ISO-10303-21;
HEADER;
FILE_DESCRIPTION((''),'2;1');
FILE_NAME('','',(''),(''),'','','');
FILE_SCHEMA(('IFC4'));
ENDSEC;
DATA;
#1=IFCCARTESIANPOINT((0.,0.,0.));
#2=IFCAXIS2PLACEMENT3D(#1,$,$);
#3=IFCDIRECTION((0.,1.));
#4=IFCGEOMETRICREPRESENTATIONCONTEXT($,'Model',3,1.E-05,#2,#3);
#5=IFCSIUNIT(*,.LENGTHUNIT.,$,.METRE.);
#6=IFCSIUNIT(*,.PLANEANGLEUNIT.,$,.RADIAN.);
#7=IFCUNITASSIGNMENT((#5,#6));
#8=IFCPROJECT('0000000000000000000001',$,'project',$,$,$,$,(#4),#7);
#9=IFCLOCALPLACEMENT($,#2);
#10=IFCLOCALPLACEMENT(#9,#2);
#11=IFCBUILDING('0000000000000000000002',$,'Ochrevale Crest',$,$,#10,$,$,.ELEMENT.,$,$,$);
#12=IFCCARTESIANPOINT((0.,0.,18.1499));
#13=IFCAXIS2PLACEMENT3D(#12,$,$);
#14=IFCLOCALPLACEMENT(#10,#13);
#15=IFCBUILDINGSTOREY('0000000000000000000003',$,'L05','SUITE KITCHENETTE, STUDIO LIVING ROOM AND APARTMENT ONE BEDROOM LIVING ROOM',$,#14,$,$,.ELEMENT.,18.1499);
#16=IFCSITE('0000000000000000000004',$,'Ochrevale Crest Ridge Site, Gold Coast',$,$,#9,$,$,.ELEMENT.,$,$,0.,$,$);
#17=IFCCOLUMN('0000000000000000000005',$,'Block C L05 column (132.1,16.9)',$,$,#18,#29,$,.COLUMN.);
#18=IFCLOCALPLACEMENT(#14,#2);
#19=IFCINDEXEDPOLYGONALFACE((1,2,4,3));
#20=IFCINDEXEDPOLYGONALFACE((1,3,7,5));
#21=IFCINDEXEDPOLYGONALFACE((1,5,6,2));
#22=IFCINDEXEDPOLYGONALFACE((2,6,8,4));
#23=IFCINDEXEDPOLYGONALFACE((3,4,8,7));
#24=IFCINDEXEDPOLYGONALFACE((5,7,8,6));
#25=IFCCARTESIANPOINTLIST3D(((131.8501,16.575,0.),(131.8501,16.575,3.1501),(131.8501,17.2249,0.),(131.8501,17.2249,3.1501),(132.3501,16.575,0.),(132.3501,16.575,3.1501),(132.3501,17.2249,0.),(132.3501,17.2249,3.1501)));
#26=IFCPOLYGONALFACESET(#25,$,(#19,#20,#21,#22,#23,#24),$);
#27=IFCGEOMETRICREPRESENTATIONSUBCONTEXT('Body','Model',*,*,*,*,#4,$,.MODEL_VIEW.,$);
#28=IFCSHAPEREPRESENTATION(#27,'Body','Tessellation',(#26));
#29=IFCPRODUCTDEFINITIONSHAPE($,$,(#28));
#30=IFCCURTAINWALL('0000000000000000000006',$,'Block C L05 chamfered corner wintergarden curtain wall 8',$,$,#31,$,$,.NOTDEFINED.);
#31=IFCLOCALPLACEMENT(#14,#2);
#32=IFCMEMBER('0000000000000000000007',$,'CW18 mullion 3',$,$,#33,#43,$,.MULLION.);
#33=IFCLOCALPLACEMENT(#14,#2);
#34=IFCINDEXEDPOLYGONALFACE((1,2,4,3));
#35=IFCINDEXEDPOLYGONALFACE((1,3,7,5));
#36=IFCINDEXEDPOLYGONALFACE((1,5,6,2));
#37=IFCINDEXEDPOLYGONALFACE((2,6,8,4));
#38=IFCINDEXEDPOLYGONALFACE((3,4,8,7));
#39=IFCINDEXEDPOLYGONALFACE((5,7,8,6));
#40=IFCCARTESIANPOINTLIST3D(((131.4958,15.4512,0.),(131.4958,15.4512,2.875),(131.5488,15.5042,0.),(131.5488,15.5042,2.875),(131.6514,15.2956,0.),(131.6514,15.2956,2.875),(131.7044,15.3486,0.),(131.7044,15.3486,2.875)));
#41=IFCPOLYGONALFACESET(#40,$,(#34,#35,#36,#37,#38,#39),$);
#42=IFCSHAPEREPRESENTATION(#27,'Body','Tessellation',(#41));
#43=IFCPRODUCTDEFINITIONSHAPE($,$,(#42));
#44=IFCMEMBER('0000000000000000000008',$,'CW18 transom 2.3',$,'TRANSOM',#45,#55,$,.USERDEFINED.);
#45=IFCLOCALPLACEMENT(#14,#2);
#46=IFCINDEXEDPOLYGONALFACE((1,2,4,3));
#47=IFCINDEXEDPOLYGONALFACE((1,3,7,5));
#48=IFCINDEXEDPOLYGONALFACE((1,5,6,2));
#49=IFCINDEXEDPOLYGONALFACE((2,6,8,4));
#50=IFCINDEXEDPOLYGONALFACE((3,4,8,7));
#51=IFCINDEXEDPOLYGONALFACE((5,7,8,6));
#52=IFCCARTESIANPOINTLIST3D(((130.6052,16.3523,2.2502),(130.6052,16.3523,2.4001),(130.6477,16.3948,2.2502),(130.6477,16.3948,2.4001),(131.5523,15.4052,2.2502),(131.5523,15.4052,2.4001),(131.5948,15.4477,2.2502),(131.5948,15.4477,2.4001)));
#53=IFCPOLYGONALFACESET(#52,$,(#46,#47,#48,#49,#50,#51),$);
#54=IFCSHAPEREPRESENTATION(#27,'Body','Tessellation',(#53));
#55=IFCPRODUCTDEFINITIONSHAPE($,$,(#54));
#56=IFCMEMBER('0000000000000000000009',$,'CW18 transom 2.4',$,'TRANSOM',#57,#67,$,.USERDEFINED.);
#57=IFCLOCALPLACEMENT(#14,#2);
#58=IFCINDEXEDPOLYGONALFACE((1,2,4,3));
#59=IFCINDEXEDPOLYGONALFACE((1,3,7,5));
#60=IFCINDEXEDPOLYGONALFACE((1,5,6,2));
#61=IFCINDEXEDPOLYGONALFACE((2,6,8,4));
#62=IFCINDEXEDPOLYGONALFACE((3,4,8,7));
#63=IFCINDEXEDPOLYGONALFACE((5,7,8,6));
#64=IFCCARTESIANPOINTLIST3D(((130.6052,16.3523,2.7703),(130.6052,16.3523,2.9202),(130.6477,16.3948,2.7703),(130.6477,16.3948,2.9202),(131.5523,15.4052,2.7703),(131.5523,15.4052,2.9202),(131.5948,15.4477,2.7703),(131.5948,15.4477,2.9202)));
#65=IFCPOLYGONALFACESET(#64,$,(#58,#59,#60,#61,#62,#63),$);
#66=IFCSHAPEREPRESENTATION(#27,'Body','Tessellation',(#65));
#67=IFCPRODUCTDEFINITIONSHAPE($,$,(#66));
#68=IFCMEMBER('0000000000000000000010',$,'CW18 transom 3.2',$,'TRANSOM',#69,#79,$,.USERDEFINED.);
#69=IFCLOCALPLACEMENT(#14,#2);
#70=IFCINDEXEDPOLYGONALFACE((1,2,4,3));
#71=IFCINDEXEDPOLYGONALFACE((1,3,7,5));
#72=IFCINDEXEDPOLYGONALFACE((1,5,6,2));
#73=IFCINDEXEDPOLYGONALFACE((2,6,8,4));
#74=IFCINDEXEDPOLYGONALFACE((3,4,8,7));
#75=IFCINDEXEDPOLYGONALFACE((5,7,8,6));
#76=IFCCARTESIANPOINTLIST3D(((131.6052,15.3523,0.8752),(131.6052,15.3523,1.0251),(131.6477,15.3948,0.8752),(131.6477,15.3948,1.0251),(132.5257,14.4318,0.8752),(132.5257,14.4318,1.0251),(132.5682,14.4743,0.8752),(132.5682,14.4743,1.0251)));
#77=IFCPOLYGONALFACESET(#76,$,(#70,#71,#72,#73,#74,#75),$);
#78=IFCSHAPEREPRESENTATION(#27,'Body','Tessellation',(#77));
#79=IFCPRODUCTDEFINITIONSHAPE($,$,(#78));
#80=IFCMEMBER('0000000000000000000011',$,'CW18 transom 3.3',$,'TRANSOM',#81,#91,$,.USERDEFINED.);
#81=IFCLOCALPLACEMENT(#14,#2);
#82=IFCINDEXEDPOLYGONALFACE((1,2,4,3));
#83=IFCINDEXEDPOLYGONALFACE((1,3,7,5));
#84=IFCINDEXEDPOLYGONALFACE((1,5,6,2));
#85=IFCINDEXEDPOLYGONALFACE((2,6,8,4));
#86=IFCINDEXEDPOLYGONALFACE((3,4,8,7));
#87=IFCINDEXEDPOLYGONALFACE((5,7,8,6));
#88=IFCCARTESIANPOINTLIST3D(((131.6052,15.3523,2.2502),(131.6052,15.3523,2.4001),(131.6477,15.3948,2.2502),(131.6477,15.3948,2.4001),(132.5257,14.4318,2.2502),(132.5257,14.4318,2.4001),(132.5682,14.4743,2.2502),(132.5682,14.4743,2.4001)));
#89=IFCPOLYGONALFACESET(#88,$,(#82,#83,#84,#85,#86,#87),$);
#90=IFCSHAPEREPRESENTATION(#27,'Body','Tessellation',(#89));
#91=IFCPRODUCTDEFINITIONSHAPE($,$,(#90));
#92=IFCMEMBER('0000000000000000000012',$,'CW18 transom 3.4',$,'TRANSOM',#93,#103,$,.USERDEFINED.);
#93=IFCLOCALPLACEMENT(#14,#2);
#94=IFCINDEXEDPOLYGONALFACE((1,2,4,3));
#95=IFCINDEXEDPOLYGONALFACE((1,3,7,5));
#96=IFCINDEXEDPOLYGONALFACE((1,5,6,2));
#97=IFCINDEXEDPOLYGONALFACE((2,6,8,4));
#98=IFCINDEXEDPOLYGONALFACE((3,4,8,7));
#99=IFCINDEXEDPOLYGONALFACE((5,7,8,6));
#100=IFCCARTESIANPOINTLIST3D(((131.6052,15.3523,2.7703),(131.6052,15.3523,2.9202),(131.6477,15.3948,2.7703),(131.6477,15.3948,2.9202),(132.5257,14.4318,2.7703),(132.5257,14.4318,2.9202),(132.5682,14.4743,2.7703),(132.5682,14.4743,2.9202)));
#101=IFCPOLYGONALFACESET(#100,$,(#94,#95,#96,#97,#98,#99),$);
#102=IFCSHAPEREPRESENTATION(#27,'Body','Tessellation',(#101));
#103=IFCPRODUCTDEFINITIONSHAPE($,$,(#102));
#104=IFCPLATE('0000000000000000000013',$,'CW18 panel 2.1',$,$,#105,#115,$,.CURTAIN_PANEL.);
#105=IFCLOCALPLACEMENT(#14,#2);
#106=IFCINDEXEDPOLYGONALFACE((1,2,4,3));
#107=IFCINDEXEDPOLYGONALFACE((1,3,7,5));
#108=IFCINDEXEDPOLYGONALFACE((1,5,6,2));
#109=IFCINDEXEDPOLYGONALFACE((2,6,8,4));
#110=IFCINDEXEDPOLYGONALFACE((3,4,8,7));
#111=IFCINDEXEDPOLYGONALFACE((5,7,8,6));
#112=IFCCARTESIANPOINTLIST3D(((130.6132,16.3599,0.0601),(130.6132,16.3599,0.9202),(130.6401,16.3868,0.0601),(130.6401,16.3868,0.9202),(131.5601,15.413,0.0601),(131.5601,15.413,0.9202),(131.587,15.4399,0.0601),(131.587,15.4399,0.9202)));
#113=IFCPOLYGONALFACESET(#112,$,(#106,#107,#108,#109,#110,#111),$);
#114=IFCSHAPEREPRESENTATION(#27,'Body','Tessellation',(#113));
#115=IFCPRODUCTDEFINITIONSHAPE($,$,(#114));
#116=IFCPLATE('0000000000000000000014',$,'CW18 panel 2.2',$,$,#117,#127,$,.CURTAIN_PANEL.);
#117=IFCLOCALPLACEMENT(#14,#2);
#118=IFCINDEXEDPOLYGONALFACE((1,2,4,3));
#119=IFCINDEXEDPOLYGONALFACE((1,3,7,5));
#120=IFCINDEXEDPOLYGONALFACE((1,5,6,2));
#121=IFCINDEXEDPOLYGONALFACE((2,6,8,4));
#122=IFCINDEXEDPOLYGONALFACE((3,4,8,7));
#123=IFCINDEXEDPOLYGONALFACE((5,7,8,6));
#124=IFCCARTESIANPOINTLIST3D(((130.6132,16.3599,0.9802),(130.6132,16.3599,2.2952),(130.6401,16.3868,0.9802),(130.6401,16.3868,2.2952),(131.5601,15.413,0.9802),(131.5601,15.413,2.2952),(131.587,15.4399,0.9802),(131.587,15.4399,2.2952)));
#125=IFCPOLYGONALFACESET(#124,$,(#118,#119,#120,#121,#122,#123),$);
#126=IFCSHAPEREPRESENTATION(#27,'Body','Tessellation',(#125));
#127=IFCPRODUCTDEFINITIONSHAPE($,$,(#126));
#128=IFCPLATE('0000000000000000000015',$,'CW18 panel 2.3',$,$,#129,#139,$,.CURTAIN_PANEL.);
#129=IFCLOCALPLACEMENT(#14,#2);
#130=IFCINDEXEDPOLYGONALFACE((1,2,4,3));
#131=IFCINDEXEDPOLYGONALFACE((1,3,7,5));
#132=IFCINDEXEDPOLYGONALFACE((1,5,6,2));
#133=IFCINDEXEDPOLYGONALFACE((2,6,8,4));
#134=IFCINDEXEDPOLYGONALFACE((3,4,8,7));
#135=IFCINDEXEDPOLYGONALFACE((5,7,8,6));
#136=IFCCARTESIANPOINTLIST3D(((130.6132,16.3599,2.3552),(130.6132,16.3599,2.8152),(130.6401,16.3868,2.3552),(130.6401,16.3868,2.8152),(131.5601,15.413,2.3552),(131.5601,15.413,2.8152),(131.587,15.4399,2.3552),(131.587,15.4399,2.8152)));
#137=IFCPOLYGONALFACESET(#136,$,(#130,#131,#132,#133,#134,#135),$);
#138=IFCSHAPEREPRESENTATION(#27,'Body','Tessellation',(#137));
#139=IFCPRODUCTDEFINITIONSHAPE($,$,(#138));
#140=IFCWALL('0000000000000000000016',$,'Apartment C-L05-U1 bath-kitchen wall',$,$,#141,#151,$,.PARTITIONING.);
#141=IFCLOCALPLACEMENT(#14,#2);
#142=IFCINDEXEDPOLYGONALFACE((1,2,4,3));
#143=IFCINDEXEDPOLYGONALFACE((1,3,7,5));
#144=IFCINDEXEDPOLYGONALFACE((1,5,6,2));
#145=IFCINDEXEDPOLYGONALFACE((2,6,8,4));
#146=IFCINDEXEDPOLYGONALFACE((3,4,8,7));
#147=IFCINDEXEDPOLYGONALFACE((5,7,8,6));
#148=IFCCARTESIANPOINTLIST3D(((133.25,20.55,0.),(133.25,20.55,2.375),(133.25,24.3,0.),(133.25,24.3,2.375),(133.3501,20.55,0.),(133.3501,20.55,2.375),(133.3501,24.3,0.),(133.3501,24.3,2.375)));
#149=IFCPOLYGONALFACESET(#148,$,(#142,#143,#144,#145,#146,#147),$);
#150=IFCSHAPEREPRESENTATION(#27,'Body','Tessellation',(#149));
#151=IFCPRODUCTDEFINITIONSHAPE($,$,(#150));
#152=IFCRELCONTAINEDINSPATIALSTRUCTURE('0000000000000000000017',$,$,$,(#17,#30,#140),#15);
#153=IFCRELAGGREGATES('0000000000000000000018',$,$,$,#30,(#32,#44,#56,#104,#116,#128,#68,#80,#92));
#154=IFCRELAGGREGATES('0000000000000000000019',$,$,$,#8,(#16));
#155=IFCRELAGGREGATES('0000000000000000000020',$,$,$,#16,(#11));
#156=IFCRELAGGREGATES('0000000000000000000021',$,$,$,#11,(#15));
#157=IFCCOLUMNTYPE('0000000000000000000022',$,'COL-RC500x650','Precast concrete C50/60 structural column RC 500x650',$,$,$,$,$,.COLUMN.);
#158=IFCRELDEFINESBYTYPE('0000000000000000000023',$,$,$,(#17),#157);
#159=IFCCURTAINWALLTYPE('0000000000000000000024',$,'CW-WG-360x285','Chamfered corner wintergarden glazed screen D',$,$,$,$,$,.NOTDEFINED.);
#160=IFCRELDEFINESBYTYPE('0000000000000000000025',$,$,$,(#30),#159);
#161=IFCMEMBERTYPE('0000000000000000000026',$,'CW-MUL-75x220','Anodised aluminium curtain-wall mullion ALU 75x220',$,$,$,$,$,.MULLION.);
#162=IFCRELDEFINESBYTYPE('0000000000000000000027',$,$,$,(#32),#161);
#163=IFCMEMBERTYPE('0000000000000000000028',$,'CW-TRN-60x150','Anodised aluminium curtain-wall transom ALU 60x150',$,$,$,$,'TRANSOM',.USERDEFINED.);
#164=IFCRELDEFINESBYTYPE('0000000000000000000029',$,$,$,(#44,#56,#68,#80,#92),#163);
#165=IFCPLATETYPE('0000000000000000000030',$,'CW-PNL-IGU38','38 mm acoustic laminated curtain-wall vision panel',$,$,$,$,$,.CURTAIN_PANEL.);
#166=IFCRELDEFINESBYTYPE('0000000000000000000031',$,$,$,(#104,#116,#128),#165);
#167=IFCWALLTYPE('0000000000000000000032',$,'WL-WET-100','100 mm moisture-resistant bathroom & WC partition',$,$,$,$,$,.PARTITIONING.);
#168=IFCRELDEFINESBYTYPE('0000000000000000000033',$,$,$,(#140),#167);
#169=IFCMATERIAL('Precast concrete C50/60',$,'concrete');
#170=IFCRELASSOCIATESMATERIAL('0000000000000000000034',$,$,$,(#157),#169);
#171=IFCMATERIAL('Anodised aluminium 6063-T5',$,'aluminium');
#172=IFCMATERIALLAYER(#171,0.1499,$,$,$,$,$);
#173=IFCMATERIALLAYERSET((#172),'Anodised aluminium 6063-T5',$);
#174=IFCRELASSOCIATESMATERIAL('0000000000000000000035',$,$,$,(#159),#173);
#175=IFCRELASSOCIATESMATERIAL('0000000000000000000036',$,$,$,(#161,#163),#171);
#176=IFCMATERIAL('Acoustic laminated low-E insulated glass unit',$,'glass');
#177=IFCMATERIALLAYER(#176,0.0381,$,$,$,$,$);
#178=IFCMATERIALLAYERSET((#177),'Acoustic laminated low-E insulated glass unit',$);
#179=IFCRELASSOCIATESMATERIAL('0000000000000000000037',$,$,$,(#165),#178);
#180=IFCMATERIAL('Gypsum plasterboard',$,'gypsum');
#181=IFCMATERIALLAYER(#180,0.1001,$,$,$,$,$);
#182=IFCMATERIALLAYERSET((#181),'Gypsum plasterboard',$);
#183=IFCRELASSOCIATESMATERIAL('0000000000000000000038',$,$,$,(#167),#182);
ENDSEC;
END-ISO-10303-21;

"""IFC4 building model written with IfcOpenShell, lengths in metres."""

from ifc_helpers import new_model, si_unit, direction, frame, frame_2d, origin, origin_2d, place, context, subcontext, project, spatial, rectangle, extrude, material, layer, layer_set, material_profile, profile_set, type_object, element, aggregate, save


model = new_model("IFC4")

# Units and contexts
model_context = context("Model", 3, precision=1e-05, world=origin(), true_north=direction((0.0, 1.0)))
body_context = subcontext(model_context, "Body", "Model", "MODEL_VIEW")
ifc_project = project(units=[si_unit("LENGTHUNIT", "METRE"), si_unit("PLANEANGLEUNIT", "RADIAN")], contexts=[model_context])

# Site, building, storey
site_placement = place(None, origin())
site = spatial("IfcSite", under=ifc_project, at=site_placement, Name="Ochrevale Crest Ridge Site, Gold Coast", CompositionType="ELEMENT", RefElevation=0.0)
building_placement = place(site_placement, origin())
building = spatial("IfcBuilding", under=site, at=building_placement, Name="Ochrevale Crest", CompositionType="ELEMENT")
storey_placement = place(building_placement, frame((0.0, 0.0, 18.1499)))
storey = spatial("IfcBuildingStorey", under=building, at=storey_placement, Name="L05", Description="SUITE KITCHENETTE, STUDIO LIVING ROOM AND APARTMENT ONE BEDROOM LIVING ROOM", CompositionType="ELEMENT", Elevation=18.1499)

# Column
ifc_material_1 = material(Name="Precast concrete C50/60", Category="concrete")
ifc_material_profile_1 = material_profile(ifc_material_1, rectangle(XDim=0.5, YDim=0.6499, at=origin_2d()), Name="RC 500x650")
ifc_profile_set_1 = profile_set([ifc_material_profile_1], Name="Precast concrete C50/60")
column_type = type_object("IfcColumnType", Name="COL-RC500x650", Description="Precast concrete C50/60 structural column RC 500x650", PredefinedType="COLUMN", material=ifc_profile_set_1)
column_placement = place(storey_placement, frame((132.1001, 16.8999, 0.0), z_axis=(0.0, 0.0, 1.0), x_axis=(1.0, 0.0, 0.0)))
element("IfcColumn", 1, at=column_placement, inside=storey, type_object=column_type, Name="Block C L05 column (132.1,16.9)", PredefinedType="COLUMN", context=body_context, shape_type="SweptSolid", body=[
    extrude(rectangle(XDim=0.5, YDim=0.6499, at=origin_2d()), origin(), (0.0, 0.0, 1.0), 3.1501),
])

# Curtain wall, members, plates
ifc_material_2 = material(Name="Anodised aluminium 6063-T5", Category="aluminium")
ifc_layer_1 = layer(ifc_material_2, 0.1499)
ifc_layer_set_1 = layer_set([ifc_layer_1], Name="Anodised aluminium 6063-T5")
curtain_wall_type = type_object("IfcCurtainWallType", Name="CW-WG-360x285", Description="Chamfered corner wintergarden glazed screen D", PredefinedType="NOTDEFINED", material=ifc_layer_set_1)
curtain_wall_placement = place(storey_placement, origin())
curtain_wall = element("IfcCurtainWall", 2, at=curtain_wall_placement, inside=storey, type_object=curtain_wall_type, Name="Block C L05 chamfered corner wintergarden curtain wall 8", PredefinedType="NOTDEFINED")
ifc_material_profile_2 = material_profile(ifc_material_2, rectangle(XDim=0.075, YDim=0.22, at=origin_2d()), Name="ALU 75x220")
ifc_profile_set_2 = profile_set([ifc_material_profile_2], Name="Anodised aluminium 6063-T5")
member_type_1 = type_object("IfcMemberType", Name="CW-MUL-75x220", Description="Anodised aluminium curtain-wall mullion ALU 75x220", PredefinedType="MULLION", material=ifc_profile_set_2)
member_1_placement = place(storey_placement, frame((131.6001, 15.3999, 0.0), z_axis=(0.0, 0.0, 1.0), x_axis=(0.707107, 0.707107, 0.0)))
member_1 = element("IfcMember", 3, at=member_1_placement, type_object=member_type_1, Name="CW18 mullion 3", PredefinedType="MULLION", context=body_context, shape_type="SweptSolid", body=[
    extrude(rectangle(XDim=0.075, YDim=0.22, at=origin_2d()), origin(), (0.0, 0.0, 1.0), 2.875),
])
ifc_material_profile_3 = material_profile(ifc_material_2, rectangle(XDim=0.0601, YDim=0.1499, at=origin_2d()), Name="ALU 60x150")
ifc_profile_set_3 = profile_set([ifc_material_profile_3], Name="Anodised aluminium 6063-T5")
member_type_2 = type_object("IfcMemberType", Name="CW-TRN-60x150", Description="Anodised aluminium curtain-wall transom ALU 60x150", ElementType="TRANSOM", PredefinedType="USERDEFINED", material=ifc_profile_set_3)
member_2_placement = place(storey_placement, frame((130.6265, 16.3735, 2.3252), z_axis=(0.707107, -0.707107, 0.0), x_axis=(0.707107, 0.707107, 0.0)))
member_2 = element("IfcMember", 4, at=member_2_placement, type_object=member_type_2, Name="CW18 transom 2.3", ObjectType="TRANSOM", PredefinedType="USERDEFINED", context=body_context, shape_type="SweptSolid", body=[
    extrude(rectangle(XDim=0.0601, YDim=0.1499, at=origin_2d()), origin(), (0.0, 0.0, 1.0), 1.3394),
])
member_3_placement = place(storey_placement, frame((130.6265, 16.3735, 2.8452), z_axis=(0.707107, -0.707107, 0.0), x_axis=(0.707107, 0.707107, 0.0)))
member_3 = element("IfcMember", 5, at=member_3_placement, type_object=member_type_2, Name="CW18 transom 2.4", ObjectType="TRANSOM", PredefinedType="USERDEFINED", context=body_context, shape_type="SweptSolid", body=[
    extrude(rectangle(XDim=0.0601, YDim=0.1499, at=origin_2d()), origin(), (0.0, 0.0, 1.0), 1.3394),
])
member_4_placement = place(storey_placement, frame((131.6265, 15.3735, 0.9502), z_axis=(0.707107, -0.707107, 0.0), x_axis=(0.707107, 0.707107, 0.0)))
member_4 = element("IfcMember", 6, at=member_4_placement, type_object=member_type_2, Name="CW18 transom 3.2", ObjectType="TRANSOM", PredefinedType="USERDEFINED", context=body_context, shape_type="SweptSolid", body=[
    extrude(rectangle(XDim=0.0601, YDim=0.1499, at=origin_2d()), origin(), (0.0, 0.0, 1.0), 1.3018),
])
member_5_placement = place(storey_placement, frame((131.6265, 15.3735, 2.3252), z_axis=(0.707107, -0.707107, 0.0), x_axis=(0.707107, 0.707107, 0.0)))
member_5 = element("IfcMember", 7, at=member_5_placement, type_object=member_type_2, Name="CW18 transom 3.3", ObjectType="TRANSOM", PredefinedType="USERDEFINED", context=body_context, shape_type="SweptSolid", body=[
    extrude(rectangle(XDim=0.0601, YDim=0.1499, at=origin_2d()), origin(), (0.0, 0.0, 1.0), 1.3018),
])
member_6_placement = place(storey_placement, frame((131.6265, 15.3735, 2.8452), z_axis=(0.707107, -0.707107, 0.0), x_axis=(0.707107, 0.707107, 0.0)))
member_6 = element("IfcMember", 8, at=member_6_placement, type_object=member_type_2, Name="CW18 transom 3.4", ObjectType="TRANSOM", PredefinedType="USERDEFINED", context=body_context, shape_type="SweptSolid", body=[
    extrude(rectangle(XDim=0.0601, YDim=0.1499, at=origin_2d()), origin(), (0.0, 0.0, 1.0), 1.3018),
])
ifc_material_3 = material(Name="Acoustic laminated low-E insulated glass unit", Category="glass")
ifc_layer_2 = layer(ifc_material_3, 0.0381)
ifc_layer_set_2 = layer_set([ifc_layer_2], Name="Acoustic laminated low-E insulated glass unit")
plate_type = type_object("IfcPlateType", Name="CW-PNL-IGU38", Description="38 mm acoustic laminated curtain-wall vision panel", PredefinedType="CURTAIN_PANEL", material=ifc_layer_set_2)
plate_1_placement = place(storey_placement, frame((131.1001, 15.8999, 0.0601), z_axis=(0.0, 0.0, 1.0), x_axis=(0.707107, -0.707107, 0.0)))
plate_1 = element("IfcPlate", 9, at=plate_1_placement, type_object=plate_type, Name="CW18 panel 2.1", PredefinedType="CURTAIN_PANEL", context=body_context, shape_type="SweptSolid", body=[
    extrude(rectangle(XDim=1.3391, YDim=0.0381, at=origin_2d()), origin(), (0.0, 0.0, 1.0), 0.8601),
])
plate_2_placement = place(storey_placement, frame((131.1001, 15.8999, 0.9802), z_axis=(0.0, 0.0, 1.0), x_axis=(0.707107, -0.707107, 0.0)))
plate_2 = element("IfcPlate", 10, at=plate_2_placement, type_object=plate_type, Name="CW18 panel 2.2", PredefinedType="CURTAIN_PANEL", context=body_context, shape_type="SweptSolid", body=[
    extrude(rectangle(XDim=1.3391, YDim=0.0381, at=origin_2d()), origin(), (0.0, 0.0, 1.0), 1.3149),
])
plate_3_placement = place(storey_placement, frame((131.1001, 15.8999, 2.3552), z_axis=(0.0, 0.0, 1.0), x_axis=(0.707107, -0.707107, 0.0)))
plate_3 = element("IfcPlate", 11, at=plate_3_placement, type_object=plate_type, Name="CW18 panel 2.3", PredefinedType="CURTAIN_PANEL", context=body_context, shape_type="SweptSolid", body=[
    extrude(rectangle(XDim=1.3391, YDim=0.0381, at=origin_2d()), origin(), (0.0, 0.0, 1.0), 0.46),
])
aggregate(curtain_wall, [member_1, member_2, member_3, plate_1, plate_2, plate_3, member_4, member_5, member_6])

# Wall
ifc_material_4 = material(Name="Gypsum plasterboard", Category="gypsum")
ifc_layer_3 = layer(ifc_material_4, 0.1001)
ifc_layer_set_3 = layer_set([ifc_layer_3], Name="Gypsum plasterboard")
wall_type = type_object("IfcWallType", Name="WL-WET-100", Description="100 mm moisture-resistant bathroom & WC partition", PredefinedType="PARTITIONING", material=ifc_layer_set_3)
wall_placement = place(storey_placement, frame((133.3, 20.55, 0.0), z_axis=(0.0, 0.0, 1.0), x_axis=(0.0, 1.0, 0.0)))
element("IfcWall", 12, at=wall_placement, inside=storey, type_object=wall_type, Name="Apartment C-L05-U1 bath-kitchen wall", PredefinedType="PARTITIONING", context=body_context, shape_type="SweptSolid", body=[
    extrude(rectangle(XDim=3.75, YDim=0.1001, at=frame_2d((1.875, 0.0))), origin(), (0.0, 0.0, 1.0), 2.375),
])

save(model, "model.ifc")
